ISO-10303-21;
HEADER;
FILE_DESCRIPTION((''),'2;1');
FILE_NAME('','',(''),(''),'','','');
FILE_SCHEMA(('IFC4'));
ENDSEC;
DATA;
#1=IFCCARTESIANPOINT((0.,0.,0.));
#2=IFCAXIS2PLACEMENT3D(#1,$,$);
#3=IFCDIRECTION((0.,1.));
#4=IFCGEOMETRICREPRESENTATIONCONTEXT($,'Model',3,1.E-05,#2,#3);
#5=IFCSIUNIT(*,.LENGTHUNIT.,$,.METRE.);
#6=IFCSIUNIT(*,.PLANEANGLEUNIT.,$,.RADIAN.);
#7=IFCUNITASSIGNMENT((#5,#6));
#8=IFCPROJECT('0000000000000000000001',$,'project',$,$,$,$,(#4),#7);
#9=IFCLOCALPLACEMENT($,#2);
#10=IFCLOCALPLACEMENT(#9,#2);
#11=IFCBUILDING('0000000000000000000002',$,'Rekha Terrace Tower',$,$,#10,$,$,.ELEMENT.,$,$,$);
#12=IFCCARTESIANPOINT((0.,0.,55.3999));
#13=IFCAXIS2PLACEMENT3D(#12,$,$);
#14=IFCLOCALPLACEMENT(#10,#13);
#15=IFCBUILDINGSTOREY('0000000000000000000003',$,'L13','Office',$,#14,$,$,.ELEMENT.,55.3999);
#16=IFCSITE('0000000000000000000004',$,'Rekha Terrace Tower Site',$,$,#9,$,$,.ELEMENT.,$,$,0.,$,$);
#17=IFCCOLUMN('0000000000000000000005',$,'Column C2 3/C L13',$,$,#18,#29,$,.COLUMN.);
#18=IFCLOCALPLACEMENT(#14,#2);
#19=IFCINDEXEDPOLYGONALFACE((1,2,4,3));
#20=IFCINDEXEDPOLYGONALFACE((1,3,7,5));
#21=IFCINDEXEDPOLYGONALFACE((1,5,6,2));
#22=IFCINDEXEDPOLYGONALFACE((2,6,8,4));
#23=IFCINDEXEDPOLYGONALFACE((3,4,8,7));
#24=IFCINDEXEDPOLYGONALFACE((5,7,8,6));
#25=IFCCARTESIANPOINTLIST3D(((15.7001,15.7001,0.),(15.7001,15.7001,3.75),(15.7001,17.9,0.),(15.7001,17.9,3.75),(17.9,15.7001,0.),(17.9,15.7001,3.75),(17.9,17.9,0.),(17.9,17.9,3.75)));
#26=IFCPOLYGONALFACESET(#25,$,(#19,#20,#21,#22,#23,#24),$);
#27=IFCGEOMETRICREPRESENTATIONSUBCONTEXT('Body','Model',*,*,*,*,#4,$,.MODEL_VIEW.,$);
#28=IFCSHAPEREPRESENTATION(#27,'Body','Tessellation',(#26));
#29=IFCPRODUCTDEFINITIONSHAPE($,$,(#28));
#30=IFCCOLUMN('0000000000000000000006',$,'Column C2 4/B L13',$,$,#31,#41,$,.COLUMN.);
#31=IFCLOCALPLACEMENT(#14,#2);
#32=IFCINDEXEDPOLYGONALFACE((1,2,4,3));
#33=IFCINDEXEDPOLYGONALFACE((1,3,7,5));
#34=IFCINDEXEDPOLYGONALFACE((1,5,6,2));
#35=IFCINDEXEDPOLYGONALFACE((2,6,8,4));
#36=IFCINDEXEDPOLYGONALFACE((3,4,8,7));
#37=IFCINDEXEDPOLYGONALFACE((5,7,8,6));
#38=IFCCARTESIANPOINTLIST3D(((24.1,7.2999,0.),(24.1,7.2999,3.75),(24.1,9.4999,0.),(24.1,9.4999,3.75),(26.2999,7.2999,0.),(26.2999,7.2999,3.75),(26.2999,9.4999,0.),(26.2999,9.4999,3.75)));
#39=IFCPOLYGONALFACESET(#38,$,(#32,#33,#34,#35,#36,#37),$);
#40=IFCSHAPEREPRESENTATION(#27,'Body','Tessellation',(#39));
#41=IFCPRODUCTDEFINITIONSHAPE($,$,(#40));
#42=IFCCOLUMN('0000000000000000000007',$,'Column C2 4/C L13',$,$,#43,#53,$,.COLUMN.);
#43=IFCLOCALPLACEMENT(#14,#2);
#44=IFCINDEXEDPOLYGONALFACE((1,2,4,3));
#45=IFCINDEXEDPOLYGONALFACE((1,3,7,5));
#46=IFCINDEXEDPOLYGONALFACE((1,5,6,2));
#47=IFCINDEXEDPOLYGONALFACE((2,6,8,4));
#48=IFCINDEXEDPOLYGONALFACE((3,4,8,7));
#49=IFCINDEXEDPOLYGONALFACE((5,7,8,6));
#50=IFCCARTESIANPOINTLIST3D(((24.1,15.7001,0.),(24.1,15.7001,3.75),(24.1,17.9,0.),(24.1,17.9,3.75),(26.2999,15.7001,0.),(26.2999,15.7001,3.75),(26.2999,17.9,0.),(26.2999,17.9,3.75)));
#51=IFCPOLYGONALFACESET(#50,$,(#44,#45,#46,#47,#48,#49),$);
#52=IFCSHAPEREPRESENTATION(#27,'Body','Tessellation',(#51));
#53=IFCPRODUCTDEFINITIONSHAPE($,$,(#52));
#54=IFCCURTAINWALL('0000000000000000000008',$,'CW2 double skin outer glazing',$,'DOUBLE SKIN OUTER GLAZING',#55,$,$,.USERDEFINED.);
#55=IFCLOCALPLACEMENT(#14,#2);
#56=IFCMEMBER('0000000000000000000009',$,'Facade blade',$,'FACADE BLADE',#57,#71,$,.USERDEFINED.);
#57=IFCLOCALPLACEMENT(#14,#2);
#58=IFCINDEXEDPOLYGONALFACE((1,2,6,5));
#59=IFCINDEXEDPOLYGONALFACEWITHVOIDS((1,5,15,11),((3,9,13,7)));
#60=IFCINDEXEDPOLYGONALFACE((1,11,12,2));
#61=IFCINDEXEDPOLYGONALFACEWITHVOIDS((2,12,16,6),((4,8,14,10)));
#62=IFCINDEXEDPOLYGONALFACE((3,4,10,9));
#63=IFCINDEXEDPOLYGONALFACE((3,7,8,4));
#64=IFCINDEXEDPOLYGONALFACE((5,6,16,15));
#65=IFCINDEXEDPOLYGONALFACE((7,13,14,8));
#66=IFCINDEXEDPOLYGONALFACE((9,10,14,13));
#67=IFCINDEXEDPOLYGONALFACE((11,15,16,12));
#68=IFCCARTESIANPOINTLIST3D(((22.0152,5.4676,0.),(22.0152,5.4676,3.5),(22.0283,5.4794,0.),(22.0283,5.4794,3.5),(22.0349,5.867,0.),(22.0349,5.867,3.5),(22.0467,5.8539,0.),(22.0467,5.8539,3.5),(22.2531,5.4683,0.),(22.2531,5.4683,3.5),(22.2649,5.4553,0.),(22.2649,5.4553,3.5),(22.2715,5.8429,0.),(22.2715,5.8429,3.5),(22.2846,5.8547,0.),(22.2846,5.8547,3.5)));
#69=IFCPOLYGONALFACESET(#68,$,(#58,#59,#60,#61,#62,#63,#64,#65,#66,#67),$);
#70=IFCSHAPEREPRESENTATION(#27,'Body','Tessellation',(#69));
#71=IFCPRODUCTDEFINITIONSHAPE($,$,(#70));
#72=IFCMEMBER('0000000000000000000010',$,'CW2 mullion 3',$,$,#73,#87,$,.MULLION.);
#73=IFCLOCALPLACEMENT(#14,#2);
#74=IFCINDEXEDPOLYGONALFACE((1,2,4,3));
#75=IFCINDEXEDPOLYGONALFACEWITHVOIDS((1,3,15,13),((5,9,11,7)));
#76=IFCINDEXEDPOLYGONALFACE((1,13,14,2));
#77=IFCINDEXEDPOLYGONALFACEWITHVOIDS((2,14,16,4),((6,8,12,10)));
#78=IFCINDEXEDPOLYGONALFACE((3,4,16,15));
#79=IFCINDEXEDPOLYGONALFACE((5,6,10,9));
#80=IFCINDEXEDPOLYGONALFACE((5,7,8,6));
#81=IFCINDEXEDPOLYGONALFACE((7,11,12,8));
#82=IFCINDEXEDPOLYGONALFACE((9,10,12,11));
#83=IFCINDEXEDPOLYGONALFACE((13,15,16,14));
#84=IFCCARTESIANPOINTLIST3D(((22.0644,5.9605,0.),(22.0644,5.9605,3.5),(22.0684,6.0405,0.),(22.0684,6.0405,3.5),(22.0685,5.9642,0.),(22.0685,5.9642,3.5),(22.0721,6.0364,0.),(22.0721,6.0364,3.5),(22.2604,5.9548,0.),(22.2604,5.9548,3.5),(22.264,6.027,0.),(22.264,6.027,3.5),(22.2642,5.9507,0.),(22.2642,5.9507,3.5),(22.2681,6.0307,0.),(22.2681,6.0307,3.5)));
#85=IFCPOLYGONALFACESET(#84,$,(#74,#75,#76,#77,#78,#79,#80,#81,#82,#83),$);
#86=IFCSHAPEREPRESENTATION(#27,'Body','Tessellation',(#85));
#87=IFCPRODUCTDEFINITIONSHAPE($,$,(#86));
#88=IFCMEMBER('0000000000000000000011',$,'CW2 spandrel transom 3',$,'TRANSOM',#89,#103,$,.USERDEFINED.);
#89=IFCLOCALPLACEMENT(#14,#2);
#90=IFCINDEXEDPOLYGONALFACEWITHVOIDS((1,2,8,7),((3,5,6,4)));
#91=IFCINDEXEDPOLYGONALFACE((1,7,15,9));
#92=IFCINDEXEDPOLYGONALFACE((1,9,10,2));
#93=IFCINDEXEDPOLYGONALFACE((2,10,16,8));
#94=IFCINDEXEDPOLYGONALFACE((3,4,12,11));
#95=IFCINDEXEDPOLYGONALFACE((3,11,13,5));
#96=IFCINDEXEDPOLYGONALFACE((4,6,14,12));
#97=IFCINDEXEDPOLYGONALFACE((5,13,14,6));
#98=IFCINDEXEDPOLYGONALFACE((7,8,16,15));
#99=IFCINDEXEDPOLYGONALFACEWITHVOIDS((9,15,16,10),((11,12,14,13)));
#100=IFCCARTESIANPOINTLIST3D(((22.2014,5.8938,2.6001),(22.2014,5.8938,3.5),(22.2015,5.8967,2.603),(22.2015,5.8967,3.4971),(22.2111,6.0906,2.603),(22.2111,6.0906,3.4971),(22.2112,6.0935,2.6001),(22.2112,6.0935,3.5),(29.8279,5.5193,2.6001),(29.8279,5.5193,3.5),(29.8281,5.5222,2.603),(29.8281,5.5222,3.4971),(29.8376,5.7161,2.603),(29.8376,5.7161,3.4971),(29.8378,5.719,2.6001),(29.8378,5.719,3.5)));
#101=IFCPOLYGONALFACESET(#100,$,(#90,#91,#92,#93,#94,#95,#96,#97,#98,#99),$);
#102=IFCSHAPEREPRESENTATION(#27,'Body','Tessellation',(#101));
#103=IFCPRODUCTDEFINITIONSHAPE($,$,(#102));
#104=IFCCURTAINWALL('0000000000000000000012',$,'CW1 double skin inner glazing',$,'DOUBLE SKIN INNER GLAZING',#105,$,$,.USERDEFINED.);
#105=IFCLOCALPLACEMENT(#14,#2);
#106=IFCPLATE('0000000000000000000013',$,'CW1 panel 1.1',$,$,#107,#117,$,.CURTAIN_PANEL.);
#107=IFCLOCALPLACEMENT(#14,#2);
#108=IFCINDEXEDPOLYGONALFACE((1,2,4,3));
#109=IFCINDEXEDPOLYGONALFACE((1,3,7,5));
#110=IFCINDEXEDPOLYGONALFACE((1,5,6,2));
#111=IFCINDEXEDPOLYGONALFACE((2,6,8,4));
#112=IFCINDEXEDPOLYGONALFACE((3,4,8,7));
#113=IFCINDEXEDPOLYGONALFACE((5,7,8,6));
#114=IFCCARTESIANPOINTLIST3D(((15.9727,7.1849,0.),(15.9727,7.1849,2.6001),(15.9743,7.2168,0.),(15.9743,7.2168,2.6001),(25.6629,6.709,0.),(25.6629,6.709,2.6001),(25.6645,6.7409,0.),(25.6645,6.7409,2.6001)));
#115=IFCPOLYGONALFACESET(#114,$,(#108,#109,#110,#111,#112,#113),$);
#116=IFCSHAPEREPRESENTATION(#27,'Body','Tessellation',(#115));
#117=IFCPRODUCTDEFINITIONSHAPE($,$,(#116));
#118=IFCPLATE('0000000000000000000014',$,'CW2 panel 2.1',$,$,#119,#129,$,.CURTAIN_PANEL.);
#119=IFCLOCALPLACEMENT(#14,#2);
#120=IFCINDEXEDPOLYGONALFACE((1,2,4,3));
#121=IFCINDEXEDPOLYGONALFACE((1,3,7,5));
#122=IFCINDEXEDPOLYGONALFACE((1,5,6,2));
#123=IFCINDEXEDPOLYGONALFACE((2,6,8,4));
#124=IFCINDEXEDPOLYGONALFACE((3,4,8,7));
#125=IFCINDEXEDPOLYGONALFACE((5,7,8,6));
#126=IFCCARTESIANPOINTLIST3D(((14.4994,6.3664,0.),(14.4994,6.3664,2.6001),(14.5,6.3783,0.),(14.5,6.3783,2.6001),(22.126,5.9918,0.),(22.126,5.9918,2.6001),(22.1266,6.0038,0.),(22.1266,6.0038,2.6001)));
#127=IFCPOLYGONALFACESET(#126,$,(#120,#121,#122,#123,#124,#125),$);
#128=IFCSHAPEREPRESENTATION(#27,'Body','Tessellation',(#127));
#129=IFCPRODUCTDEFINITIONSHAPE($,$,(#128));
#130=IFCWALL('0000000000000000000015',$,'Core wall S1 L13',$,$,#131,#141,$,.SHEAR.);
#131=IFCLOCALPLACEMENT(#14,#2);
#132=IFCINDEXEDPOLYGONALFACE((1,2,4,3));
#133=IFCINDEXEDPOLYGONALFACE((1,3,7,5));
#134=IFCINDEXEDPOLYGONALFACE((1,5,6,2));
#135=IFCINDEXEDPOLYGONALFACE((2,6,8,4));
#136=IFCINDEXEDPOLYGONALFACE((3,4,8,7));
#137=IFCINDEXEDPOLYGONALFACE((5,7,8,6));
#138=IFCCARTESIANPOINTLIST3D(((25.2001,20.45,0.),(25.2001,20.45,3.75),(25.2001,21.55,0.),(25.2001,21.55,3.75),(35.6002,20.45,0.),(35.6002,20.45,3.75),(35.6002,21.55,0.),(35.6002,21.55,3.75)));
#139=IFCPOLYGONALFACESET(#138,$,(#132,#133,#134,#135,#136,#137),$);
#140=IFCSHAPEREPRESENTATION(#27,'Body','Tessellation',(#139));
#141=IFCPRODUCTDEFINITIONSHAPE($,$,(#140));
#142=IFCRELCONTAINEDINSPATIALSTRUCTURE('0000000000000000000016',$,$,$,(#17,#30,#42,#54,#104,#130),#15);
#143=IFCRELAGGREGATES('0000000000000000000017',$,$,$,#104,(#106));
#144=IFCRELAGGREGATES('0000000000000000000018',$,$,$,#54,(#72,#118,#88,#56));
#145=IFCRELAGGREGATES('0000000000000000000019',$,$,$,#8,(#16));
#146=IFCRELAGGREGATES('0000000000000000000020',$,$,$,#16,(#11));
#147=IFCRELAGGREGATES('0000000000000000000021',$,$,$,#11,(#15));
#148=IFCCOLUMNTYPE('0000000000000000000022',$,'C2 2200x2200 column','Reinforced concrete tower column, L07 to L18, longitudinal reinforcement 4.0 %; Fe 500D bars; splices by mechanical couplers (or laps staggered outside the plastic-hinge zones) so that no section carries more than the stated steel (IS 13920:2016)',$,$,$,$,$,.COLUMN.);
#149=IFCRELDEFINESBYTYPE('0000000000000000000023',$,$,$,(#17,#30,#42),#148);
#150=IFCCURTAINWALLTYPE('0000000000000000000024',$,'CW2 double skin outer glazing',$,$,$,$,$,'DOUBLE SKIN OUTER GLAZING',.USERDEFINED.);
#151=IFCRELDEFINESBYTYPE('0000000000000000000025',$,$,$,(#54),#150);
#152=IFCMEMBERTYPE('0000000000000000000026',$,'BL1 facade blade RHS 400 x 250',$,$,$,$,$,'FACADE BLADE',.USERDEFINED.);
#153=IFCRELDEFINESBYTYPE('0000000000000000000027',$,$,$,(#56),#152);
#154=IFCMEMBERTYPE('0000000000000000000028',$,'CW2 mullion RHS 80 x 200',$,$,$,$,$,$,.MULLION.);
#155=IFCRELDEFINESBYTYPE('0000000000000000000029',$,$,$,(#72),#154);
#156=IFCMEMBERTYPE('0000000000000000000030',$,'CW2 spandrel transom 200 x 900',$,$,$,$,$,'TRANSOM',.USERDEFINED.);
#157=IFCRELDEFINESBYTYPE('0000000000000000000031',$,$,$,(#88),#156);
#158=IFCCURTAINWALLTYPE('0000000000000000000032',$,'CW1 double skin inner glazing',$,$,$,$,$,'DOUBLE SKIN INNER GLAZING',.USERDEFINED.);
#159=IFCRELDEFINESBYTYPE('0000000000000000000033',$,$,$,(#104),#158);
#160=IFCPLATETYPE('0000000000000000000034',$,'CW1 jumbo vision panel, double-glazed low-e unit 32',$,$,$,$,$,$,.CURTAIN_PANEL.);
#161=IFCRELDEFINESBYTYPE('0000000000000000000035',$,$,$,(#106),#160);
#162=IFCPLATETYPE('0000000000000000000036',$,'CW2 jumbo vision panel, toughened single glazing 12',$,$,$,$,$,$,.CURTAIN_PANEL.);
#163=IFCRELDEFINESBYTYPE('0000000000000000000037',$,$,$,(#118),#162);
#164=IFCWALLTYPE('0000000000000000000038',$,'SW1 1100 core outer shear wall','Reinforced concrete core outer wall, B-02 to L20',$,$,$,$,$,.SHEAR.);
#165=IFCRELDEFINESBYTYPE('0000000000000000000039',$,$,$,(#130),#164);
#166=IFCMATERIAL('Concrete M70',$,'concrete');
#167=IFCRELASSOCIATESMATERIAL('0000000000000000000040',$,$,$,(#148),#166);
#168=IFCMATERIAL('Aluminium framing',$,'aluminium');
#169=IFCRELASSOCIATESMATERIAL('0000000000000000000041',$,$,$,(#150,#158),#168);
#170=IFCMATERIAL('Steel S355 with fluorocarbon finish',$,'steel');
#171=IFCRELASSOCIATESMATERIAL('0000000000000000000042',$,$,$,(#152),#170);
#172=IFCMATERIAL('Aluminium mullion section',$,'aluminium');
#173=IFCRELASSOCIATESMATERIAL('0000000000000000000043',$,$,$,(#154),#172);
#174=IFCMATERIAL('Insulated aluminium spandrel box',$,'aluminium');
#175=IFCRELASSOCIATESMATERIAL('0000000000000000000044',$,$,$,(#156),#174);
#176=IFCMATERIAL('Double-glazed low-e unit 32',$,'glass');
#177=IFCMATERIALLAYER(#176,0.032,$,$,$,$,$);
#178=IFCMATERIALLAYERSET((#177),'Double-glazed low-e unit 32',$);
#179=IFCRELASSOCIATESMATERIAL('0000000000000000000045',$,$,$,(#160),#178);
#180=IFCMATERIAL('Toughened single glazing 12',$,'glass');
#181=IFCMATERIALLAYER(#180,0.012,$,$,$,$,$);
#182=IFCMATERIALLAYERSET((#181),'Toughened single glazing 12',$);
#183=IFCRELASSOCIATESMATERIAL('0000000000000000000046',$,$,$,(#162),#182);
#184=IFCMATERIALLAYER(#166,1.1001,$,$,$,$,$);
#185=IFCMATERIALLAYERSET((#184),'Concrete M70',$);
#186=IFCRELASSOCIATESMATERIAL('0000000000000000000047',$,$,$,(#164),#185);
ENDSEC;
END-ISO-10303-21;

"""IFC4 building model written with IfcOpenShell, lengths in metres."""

from ifc_helpers import new_model, si_unit, direction, frame, frame_2d, origin, origin_2d, place, context, subcontext, project, spatial, rectangle, hollow_rectangle, extrude, material, layer, layer_set, material_profile, profile_set, type_object, element, aggregate, save


model = new_model("IFC4")

# Units and contexts
model_context = context("Model", 3, precision=1e-05, world=origin(), true_north=direction((0.0, 1.0)))
body_context = subcontext(model_context, "Body", "Model", "MODEL_VIEW")
ifc_project = project(units=[si_unit("LENGTHUNIT", "METRE"), si_unit("PLANEANGLEUNIT", "RADIAN")], contexts=[model_context])

# Site, building, storey
site_placement = place(None, origin())
site = spatial("IfcSite", under=ifc_project, at=site_placement, Name="Rekha Terrace Tower Site", CompositionType="ELEMENT", RefElevation=0.0)
building_placement = place(site_placement, origin())
building = spatial("IfcBuilding", under=site, at=building_placement, Name="Rekha Terrace Tower", CompositionType="ELEMENT")
storey_placement = place(building_placement, frame((0.0, 0.0, 55.3999)))
storey = spatial("IfcBuildingStorey", under=building, at=storey_placement, Name="L13", Description="Office", CompositionType="ELEMENT", Elevation=55.3999)

# Columns
ifc_material_1 = material(Name="Concrete M70", Category="concrete")
ifc_material_profile_1 = material_profile(ifc_material_1, rectangle(XDim=2.2, YDim=2.2, at=origin_2d()), Name="RC 2200x2200")
ifc_profile_set_1 = profile_set([ifc_material_profile_1], Name="Concrete M70")
column_type = type_object("IfcColumnType", Name="C2 2200x2200 column", Description="Reinforced concrete tower column, L07 to L18, longitudinal reinforcement 4.0 %; Fe 500D bars; splices by mechanical couplers (or laps staggered outside the plastic-hinge zones) so that no section carries more than the stated steel (IS 13920:2016)", PredefinedType="COLUMN", material=ifc_profile_set_1)
for number, where, z_axis, x_axis, name in (
    (1, (16.8, 16.8, 0.0), (0.0, 0.0, 1.0), (1.0, 0.0, 0.0), "Column C2 3/C L13"),
    (2, (25.2, 8.3999, 0.0), (0.0, 0.0, 1.0), (1.0, 0.0, 0.0), "Column C2 4/B L13"),
    (3, (25.2, 16.8, 0.0), (0.0, 0.0, 1.0), (1.0, 0.0, 0.0), "Column C2 4/C L13"),
):
    element("IfcColumn", number, at=place(storey_placement, frame(where, z_axis=z_axis, x_axis=x_axis)), inside=storey, type_object=column_type, Name=name, PredefinedType="COLUMN", context=body_context, shape_type="SweptSolid", body=[
        extrude(rectangle(XDim=2.2, YDim=2.2, at=origin_2d()), origin(), (0.0, 0.0, 1.0), 3.75),
    ])

# Curtain wall, members
ifc_material_2 = material(Name="Aluminium framing", Category="aluminium")
curtain_wall_type_1 = type_object("IfcCurtainWallType", Name="CW2 double skin outer glazing", ElementType="DOUBLE SKIN OUTER GLAZING", PredefinedType="USERDEFINED", material=ifc_material_2)
curtain_wall_1_placement = place(storey_placement, origin())
curtain_wall_1 = element("IfcCurtainWall", 4, at=curtain_wall_1_placement, inside=storey, type_object=curtain_wall_type_1, Name="CW2 double skin outer glazing", ObjectType="DOUBLE SKIN OUTER GLAZING", PredefinedType="USERDEFINED")
ifc_material_3 = material(Name="Steel S355 with fluorocarbon finish", Category="steel")
ifc_material_profile_2 = material_profile(ifc_material_3, hollow_rectangle(XDim=0.25, YDim=0.3999, WallThickness=0.0125, at=origin_2d()), Name="RHS400x250x12.5")
ifc_profile_set_2 = profile_set([ifc_material_profile_2], Name="Steel S355 with fluorocarbon finish")
member_type_1 = type_object("IfcMemberType", Name="BL1 facade blade RHS 400 x 250", ElementType="FACADE BLADE", PredefinedType="USERDEFINED", material=ifc_profile_set_2)
member_1_placement = place(storey_placement, frame((22.1499, 5.6611, 0.0), z_axis=(0.0, 0.0, 1.0), x_axis=(0.998796, -0.049052, 0.0)))
member_1 = element("IfcMember", 5, at=member_1_placement, type_object=member_type_1, Name="Facade blade", ObjectType="FACADE BLADE", PredefinedType="USERDEFINED", context=body_context, shape_type="SweptSolid", body=[
    extrude(hollow_rectangle(XDim=0.25, YDim=0.3999, WallThickness=0.0125, at=origin_2d()), origin(), (0.0, 0.0, 1.0), 3.5),
])
ifc_material_4 = material(Name="Aluminium mullion section", Category="aluminium")
ifc_material_profile_3 = material_profile(ifc_material_4, hollow_rectangle(XDim=0.0801, YDim=0.2, WallThickness=0.0039, at=origin_2d()), Name="AL RHS 80x200")
ifc_profile_set_3 = profile_set([ifc_material_profile_3], Name="Aluminium mullion section")
member_type_2 = type_object("IfcMemberType", Name="CW2 mullion RHS 80 x 200", PredefinedType="MULLION", material=ifc_profile_set_3)
member_2_placement = place(storey_placement, frame((22.1663, 5.9956, 0.0), z_axis=(0.0, 0.0, 1.0), x_axis=(0.049052, 0.998796, 0.0)))
member_2 = element("IfcMember", 6, at=member_2_placement, type_object=member_type_2, Name="CW2 mullion 3", PredefinedType="MULLION", context=body_context, shape_type="SweptSolid", body=[
    extrude(hollow_rectangle(XDim=0.0801, YDim=0.2, WallThickness=0.0039, at=origin_2d()), origin(), (0.0, 0.0, 1.0), 3.5),
])
ifc_material_5 = material(Name="Insulated aluminium spandrel box", Category="aluminium")
ifc_material_profile_4 = material_profile(ifc_material_5, hollow_rectangle(XDim=0.2, YDim=0.8999, WallThickness=0.0029, at=origin_2d()), Name="AL SPANDREL BOX 200x900")
ifc_profile_set_4 = profile_set([ifc_material_profile_4], Name="Insulated aluminium spandrel box")
member_type_3 = type_object("IfcMemberType", Name="CW2 spandrel transom 200 x 900", ElementType="TRANSOM", PredefinedType="USERDEFINED", material=ifc_profile_set_4)
member_3_placement = place(storey_placement, frame((22.2063, 5.9937, 3.05), z_axis=(0.998796, -0.049048, 0.0), x_axis=(0.049048, 0.998796, 0.0)))
member_3 = element("IfcMember", 7, at=member_3_placement, type_object=member_type_3, Name="CW2 spandrel transom 3", ObjectType="TRANSOM", PredefinedType="USERDEFINED", context=body_context, shape_type="SweptSolid", body=[
    extrude(hollow_rectangle(XDim=0.2, YDim=0.8999, WallThickness=0.0029, at=origin_2d()), origin(), (0.0, 0.0, 1.0), 7.6357),
])

# Curtain wall, plate
curtain_wall_type_2 = type_object("IfcCurtainWallType", Name="CW1 double skin inner glazing", ElementType="DOUBLE SKIN INNER GLAZING", PredefinedType="USERDEFINED", material=ifc_material_2)
curtain_wall_2_placement = place(storey_placement, origin())
curtain_wall_2 = element("IfcCurtainWall", 8, at=curtain_wall_2_placement, inside=storey, type_object=curtain_wall_type_2, Name="CW1 double skin inner glazing", ObjectType="DOUBLE SKIN INNER GLAZING", PredefinedType="USERDEFINED")
ifc_material_6 = material(Name="Double-glazed low-e unit 32", Category="glass")
ifc_layer_1 = layer(ifc_material_6, 0.032)
ifc_layer_set_1 = layer_set([ifc_layer_1], Name="Double-glazed low-e unit 32")
plate_type_1 = type_object("IfcPlateType", Name="CW1 jumbo vision panel, double-glazed low-e unit 32", PredefinedType="CURTAIN_PANEL", material=ifc_layer_set_1)
plate_1_placement = place(storey_placement, frame((20.8186, 6.9629, 0.0), z_axis=(0.0, 0.0, 1.0), x_axis=(0.998796, -0.049052, 0.0)))
plate_1 = element("IfcPlate", 9, at=plate_1_placement, type_object=plate_type_1, Name="CW1 panel 1.1", PredefinedType="CURTAIN_PANEL", context=body_context, shape_type="SweptSolid", body=[
    extrude(rectangle(XDim=9.7019, YDim=0.032, at=origin_2d()), origin(), (0.0, 0.0, 1.0), 2.6001),
])
aggregate(curtain_wall_2, [plate_1])

# Plate
ifc_material_7 = material(Name="Toughened single glazing 12", Category="glass")
ifc_layer_2 = layer(ifc_material_7, 0.012)
ifc_layer_set_2 = layer_set([ifc_layer_2], Name="Toughened single glazing 12")
plate_type_2 = type_object("IfcPlateType", Name="CW2 jumbo vision panel, toughened single glazing 12", PredefinedType="CURTAIN_PANEL", material=ifc_layer_set_2)
plate_2_placement = place(storey_placement, frame((18.313, 6.1851, 0.0), z_axis=(0.0, 0.0, 1.0), x_axis=(0.998796, -0.049052, 0.0)))
plate_2 = element("IfcPlate", 10, at=plate_2_placement, type_object=plate_type_2, Name="CW2 panel 2.1", PredefinedType="CURTAIN_PANEL", context=body_context, shape_type="SweptSolid", body=[
    extrude(rectangle(XDim=7.6357, YDim=0.012, at=origin_2d()), origin(), (0.0, 0.0, 1.0), 2.6001),
])
aggregate(curtain_wall_1, [member_2, plate_2, member_3, member_1])

# Wall
ifc_layer_3 = layer(ifc_material_1, 1.1001)
ifc_layer_set_3 = layer_set([ifc_layer_3], Name="Concrete M70")
wall_type_1 = type_object("IfcWallType", Name="SW1 1100 core outer shear wall", Description="Reinforced concrete core outer wall, B-02 to L20", PredefinedType="SHEAR", material=ifc_layer_set_3)
wall_1_placement = place(storey_placement, frame((25.2, 21.0, 0.0), z_axis=(0.0, 0.0, 1.0), x_axis=(1.0, 0.0, 0.0)))
element("IfcWall", 11, at=wall_1_placement, inside=storey, type_object=wall_type_1, Name="Core wall S1 L13", PredefinedType="SHEAR", context=body_context, shape_type="SweptSolid", body=[
    extrude(rectangle(XDim=10.4001, YDim=1.1001, at=frame_2d((5.2002, 0.0))), origin(), (0.0, 0.0, 1.0), 3.75),
])

save(model, "model.ifc")
